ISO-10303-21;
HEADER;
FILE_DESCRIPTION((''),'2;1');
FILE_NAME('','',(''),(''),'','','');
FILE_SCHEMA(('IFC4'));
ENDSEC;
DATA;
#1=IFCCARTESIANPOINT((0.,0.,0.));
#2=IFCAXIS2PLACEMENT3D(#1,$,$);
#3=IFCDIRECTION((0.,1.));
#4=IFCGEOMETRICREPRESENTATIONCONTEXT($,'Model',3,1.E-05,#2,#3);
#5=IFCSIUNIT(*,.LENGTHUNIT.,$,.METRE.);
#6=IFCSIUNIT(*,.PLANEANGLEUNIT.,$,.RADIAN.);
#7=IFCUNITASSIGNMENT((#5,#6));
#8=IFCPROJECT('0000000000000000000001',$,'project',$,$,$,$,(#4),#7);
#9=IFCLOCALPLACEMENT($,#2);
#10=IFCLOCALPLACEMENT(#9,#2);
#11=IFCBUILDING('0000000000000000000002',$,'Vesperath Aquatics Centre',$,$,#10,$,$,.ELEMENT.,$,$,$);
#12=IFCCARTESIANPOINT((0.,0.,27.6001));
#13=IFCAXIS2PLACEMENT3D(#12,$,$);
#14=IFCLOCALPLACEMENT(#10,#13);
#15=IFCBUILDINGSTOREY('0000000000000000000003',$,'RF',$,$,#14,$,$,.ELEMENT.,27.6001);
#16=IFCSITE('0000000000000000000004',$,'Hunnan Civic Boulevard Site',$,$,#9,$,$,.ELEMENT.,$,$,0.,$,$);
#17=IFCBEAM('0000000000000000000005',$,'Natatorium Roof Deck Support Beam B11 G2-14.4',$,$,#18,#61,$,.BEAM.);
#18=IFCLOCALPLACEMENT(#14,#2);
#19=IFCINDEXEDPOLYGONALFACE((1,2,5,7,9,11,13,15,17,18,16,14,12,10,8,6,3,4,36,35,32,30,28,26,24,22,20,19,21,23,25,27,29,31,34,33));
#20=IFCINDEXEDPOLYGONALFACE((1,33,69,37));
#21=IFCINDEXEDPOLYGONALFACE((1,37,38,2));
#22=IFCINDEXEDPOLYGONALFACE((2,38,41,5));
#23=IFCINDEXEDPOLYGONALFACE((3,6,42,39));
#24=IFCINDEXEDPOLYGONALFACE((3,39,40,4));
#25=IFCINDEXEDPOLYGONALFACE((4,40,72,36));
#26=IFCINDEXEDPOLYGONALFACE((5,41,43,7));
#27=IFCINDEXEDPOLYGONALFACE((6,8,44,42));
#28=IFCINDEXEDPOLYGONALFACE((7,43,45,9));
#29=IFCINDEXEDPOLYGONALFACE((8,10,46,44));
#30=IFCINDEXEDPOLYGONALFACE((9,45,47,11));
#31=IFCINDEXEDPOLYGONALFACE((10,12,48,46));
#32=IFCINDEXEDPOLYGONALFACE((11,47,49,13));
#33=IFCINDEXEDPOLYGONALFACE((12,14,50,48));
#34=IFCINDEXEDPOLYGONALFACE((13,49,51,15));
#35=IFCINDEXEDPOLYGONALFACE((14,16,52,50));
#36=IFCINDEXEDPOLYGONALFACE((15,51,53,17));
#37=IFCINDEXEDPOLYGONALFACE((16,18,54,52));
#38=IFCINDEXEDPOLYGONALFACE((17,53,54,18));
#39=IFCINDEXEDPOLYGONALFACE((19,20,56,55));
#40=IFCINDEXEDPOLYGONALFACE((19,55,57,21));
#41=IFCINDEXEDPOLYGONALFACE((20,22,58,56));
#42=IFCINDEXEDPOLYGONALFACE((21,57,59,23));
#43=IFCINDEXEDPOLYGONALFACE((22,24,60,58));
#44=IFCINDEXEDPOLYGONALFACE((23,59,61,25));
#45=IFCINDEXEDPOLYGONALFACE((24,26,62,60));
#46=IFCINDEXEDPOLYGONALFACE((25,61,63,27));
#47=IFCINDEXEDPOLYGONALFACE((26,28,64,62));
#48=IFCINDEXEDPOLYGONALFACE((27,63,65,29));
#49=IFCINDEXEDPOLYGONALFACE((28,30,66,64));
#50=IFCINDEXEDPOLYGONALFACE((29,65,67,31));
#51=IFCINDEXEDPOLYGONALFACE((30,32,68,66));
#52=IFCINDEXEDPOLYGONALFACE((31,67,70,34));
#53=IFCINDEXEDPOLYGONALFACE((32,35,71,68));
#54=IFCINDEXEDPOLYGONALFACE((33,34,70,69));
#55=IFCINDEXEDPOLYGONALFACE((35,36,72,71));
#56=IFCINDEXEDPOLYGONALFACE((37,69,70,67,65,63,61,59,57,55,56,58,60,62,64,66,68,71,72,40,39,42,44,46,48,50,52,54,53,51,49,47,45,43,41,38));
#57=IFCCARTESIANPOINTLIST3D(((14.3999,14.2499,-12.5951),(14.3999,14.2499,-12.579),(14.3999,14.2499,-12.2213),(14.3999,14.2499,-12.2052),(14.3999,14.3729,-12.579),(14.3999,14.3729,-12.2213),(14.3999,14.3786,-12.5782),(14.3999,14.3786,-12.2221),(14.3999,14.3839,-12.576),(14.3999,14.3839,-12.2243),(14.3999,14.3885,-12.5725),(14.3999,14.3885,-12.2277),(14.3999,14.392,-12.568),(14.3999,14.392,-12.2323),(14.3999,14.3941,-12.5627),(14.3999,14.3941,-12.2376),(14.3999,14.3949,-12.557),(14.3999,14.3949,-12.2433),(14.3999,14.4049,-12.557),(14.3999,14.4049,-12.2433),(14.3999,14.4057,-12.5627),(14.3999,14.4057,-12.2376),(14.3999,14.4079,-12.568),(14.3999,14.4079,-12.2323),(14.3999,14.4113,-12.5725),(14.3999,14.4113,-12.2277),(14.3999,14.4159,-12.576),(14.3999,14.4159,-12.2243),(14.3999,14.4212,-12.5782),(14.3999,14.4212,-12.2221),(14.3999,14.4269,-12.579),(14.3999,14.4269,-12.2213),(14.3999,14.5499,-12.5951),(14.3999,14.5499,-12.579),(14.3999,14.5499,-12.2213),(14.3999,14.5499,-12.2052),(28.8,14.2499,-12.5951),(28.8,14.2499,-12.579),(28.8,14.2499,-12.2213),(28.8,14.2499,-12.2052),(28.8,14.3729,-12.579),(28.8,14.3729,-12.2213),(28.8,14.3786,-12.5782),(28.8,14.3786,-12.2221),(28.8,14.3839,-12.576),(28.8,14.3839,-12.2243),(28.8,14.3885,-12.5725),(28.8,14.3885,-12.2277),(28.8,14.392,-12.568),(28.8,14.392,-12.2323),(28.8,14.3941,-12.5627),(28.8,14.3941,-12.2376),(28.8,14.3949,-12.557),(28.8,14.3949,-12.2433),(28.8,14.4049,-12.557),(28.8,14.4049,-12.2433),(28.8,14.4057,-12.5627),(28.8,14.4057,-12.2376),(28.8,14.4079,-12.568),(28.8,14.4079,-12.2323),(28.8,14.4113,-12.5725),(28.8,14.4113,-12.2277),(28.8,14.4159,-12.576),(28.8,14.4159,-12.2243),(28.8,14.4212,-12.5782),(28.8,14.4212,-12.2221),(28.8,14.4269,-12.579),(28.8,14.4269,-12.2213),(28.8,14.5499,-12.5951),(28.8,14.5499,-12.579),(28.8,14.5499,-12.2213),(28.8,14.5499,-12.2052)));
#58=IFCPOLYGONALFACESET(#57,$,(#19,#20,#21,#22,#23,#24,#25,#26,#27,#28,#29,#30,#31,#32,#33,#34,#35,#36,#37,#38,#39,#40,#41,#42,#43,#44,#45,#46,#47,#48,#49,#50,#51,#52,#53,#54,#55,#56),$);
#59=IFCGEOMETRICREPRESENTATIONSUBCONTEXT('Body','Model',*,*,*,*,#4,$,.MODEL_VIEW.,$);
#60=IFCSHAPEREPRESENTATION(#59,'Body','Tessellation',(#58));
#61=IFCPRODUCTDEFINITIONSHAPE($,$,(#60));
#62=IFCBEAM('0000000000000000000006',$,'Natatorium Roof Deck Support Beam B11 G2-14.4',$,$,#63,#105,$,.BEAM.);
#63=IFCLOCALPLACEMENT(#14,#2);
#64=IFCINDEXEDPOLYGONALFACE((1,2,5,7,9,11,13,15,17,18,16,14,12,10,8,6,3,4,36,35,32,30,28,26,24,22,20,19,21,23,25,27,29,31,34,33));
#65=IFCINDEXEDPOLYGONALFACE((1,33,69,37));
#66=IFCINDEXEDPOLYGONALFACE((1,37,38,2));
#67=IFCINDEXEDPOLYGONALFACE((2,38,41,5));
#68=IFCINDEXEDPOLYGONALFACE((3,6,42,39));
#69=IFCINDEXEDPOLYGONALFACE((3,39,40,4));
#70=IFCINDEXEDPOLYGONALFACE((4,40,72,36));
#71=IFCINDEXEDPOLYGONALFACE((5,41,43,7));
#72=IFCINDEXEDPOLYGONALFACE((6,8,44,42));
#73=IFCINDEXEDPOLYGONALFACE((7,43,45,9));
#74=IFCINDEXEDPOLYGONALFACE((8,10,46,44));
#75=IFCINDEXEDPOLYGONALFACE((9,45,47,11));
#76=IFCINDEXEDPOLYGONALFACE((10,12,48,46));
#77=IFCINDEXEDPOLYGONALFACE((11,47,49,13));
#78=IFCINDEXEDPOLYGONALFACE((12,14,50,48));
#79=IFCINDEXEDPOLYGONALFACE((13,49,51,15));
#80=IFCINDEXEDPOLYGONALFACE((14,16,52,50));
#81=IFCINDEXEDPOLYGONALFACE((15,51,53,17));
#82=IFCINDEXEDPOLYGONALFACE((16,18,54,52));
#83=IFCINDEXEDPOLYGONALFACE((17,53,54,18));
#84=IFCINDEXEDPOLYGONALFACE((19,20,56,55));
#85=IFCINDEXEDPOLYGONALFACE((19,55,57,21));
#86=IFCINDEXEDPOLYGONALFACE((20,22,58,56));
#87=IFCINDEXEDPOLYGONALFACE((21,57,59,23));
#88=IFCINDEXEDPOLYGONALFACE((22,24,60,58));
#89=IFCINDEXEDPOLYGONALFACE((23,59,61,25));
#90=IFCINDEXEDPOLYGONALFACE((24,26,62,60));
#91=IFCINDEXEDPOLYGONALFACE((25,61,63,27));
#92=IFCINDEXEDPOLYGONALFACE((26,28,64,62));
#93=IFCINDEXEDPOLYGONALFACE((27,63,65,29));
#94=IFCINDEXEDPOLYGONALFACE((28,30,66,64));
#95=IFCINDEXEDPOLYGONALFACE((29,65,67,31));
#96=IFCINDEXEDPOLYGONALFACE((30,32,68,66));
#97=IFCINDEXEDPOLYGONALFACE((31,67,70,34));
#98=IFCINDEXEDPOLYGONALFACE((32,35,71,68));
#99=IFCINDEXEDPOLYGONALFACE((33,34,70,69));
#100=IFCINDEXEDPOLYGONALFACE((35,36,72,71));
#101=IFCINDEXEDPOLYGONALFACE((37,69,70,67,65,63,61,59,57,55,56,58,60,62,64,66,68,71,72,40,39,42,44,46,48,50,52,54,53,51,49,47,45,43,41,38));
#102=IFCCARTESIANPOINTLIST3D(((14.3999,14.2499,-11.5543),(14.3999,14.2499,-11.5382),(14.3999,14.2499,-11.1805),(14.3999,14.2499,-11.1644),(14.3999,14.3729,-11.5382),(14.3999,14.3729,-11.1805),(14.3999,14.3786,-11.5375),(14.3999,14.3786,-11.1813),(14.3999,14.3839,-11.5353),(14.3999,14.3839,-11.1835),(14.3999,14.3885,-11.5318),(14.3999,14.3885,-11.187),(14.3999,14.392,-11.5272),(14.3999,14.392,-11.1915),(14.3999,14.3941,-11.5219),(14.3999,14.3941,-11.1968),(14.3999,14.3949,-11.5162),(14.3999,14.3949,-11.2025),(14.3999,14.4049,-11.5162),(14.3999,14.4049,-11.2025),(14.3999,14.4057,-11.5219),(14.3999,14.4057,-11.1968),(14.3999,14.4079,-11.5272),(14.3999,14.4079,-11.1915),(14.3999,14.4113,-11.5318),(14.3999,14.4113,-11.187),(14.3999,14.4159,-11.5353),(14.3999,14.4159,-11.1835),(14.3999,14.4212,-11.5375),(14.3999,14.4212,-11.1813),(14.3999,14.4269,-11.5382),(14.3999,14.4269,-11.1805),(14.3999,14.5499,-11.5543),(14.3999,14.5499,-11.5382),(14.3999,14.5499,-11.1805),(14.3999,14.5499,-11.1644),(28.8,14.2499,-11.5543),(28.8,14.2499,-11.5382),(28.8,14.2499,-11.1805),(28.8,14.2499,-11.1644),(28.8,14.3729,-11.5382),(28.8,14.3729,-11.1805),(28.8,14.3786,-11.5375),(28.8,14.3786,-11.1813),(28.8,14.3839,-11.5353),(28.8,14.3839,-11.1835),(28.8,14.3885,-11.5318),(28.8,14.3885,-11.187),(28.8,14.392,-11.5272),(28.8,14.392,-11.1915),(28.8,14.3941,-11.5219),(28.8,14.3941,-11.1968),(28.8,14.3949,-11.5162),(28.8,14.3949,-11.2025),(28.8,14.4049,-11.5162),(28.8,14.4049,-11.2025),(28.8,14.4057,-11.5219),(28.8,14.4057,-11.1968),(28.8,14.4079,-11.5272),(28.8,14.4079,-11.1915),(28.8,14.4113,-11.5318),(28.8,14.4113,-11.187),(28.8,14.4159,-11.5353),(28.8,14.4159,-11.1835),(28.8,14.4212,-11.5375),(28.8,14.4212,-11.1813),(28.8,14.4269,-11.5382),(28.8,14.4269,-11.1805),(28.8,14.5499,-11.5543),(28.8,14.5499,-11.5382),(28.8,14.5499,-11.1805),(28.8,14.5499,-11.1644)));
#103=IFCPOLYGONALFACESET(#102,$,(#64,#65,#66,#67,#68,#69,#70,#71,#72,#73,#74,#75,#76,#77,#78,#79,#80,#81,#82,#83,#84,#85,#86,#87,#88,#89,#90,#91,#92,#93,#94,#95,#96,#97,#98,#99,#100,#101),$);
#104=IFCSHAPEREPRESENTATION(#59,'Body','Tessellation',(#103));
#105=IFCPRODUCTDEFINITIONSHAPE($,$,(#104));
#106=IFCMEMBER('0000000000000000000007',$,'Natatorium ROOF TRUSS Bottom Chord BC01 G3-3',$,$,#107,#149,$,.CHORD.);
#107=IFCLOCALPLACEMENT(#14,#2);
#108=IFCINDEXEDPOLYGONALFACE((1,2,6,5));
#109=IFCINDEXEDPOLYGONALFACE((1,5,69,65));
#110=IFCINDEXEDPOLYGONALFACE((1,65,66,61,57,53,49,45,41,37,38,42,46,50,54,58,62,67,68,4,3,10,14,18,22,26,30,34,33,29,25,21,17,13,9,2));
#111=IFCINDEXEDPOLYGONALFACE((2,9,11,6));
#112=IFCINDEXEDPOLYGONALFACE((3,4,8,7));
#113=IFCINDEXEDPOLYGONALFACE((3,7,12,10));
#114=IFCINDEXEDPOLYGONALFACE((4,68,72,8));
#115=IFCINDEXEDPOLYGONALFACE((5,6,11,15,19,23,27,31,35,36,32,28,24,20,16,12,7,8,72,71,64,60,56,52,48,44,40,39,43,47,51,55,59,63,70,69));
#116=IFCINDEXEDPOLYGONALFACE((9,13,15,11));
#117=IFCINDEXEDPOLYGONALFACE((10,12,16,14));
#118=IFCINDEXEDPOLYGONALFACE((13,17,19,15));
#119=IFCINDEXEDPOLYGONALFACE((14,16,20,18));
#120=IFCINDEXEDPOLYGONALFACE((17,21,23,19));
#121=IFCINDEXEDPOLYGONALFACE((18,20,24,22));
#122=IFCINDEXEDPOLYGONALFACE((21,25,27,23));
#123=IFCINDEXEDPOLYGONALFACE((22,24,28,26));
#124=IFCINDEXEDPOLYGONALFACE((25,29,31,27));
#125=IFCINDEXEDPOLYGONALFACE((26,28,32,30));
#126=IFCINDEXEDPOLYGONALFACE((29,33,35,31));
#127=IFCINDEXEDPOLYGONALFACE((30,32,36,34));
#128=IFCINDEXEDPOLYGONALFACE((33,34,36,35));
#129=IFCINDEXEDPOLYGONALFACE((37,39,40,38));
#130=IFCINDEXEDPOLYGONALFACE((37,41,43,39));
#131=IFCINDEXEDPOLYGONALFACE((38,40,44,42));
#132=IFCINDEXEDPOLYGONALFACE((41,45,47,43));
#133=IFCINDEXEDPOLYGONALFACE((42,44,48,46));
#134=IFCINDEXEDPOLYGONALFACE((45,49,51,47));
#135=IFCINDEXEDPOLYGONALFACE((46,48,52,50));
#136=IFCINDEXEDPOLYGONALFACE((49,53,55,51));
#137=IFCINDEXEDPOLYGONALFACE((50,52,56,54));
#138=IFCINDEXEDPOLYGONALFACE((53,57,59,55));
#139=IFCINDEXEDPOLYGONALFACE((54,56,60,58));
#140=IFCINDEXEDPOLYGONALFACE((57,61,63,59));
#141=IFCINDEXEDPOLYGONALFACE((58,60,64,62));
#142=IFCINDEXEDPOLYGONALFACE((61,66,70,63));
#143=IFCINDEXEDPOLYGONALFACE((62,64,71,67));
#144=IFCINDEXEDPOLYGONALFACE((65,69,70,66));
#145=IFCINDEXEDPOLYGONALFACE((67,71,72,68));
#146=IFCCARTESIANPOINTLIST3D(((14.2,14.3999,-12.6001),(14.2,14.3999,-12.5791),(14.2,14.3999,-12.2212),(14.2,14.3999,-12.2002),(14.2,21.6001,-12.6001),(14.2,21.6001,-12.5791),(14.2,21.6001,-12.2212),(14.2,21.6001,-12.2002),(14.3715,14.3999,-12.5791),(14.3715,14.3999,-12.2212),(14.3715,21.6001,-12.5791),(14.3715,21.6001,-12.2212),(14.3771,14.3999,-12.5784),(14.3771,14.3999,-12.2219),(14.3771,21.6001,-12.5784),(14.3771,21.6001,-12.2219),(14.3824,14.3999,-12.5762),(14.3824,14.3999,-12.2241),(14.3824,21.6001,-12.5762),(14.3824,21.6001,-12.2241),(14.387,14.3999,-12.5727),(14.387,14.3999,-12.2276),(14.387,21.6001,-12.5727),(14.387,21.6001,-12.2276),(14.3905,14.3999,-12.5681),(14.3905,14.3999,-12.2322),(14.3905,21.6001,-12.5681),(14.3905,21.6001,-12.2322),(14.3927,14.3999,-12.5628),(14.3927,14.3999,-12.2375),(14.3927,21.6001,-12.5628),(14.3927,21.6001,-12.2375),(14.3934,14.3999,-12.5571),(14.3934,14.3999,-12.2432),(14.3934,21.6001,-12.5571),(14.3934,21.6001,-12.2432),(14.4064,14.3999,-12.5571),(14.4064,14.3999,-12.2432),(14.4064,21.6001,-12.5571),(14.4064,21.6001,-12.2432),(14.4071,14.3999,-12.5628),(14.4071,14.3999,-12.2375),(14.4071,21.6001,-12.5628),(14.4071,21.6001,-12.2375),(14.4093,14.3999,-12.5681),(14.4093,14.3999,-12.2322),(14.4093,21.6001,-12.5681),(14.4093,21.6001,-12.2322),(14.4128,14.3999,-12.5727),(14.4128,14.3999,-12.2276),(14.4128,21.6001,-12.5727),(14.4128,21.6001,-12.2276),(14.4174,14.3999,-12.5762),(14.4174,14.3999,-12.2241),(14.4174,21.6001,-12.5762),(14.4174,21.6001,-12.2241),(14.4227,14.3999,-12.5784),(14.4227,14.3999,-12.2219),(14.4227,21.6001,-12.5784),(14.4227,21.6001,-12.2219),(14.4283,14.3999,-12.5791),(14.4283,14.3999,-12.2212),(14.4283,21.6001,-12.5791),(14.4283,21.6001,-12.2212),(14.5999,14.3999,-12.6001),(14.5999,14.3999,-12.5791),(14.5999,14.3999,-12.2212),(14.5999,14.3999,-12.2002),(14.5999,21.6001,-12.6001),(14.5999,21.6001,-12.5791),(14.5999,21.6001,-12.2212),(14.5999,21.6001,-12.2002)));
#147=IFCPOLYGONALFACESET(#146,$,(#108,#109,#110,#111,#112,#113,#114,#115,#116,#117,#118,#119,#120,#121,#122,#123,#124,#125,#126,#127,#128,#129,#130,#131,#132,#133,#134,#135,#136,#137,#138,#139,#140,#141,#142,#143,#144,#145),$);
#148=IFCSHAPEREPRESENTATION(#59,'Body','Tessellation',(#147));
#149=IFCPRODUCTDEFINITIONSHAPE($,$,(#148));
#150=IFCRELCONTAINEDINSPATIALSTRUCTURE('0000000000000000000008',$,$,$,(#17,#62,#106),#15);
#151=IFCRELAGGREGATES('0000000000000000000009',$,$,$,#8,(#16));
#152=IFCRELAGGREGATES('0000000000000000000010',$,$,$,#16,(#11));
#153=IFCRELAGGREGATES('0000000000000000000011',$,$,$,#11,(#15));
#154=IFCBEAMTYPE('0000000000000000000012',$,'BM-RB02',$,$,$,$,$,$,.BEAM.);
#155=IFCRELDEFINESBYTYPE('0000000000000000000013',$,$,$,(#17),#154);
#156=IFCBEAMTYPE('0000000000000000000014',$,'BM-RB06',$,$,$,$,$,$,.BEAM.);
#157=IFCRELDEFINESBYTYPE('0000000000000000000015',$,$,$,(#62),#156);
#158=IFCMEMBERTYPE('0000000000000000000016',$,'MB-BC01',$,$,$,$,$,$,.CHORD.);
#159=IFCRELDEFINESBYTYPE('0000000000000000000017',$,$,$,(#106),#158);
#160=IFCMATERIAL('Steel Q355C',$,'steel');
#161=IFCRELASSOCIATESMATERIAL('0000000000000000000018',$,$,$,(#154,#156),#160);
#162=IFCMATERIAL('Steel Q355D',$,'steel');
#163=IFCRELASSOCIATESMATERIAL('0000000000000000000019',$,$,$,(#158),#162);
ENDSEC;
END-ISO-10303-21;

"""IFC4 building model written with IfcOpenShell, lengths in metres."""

from ifc_helpers import new_model, si_unit, direction, frame, origin, origin_2d, place, context, subcontext, project, spatial, i_section, extrude, material, material_profile, profile_set, type_object, element, save


model = new_model("IFC4")

# Units and contexts
model_context = context("Model", 3, precision=1e-05, world=origin(), true_north=direction((0.0, 1.0)))
body_context = subcontext(model_context, "Body", "Model", "MODEL_VIEW")
ifc_project = project(units=[si_unit("LENGTHUNIT", "METRE"), si_unit("PLANEANGLEUNIT", "RADIAN")], contexts=[model_context])

# Site, building, storey
site_placement = place(None, origin())
site = spatial("IfcSite", under=ifc_project, at=site_placement, Name="Hunnan Civic Boulevard Site", CompositionType="ELEMENT", RefElevation=0.0)
building_placement = place(site_placement, origin())
building = spatial("IfcBuilding", under=site, at=building_placement, Name="Vesperath Aquatics Centre", CompositionType="ELEMENT")
storey_placement = place(building_placement, frame((0.0, 0.0, 27.6001)))
storey = spatial("IfcBuildingStorey", under=building, at=storey_placement, Name="RF", CompositionType="ELEMENT", Elevation=27.6001)

# Beams
ifc_material_1 = material(Name="Steel Q355C", Category="steel")
ifc_material_profile_1 = material_profile(ifc_material_1, i_section(OverallWidth=0.3, OverallDepth=0.3899, WebThickness=0.01, FlangeThickness=0.0161, FilletRadius=0.022, at=origin_2d()), Name="HM 390x300x10x16")
ifc_profile_set_1 = profile_set([ifc_material_profile_1], Name="Steel Q355C")
beam_type_1 = type_object("IfcBeamType", Name="BM-RB02", PredefinedType="BEAM", material=ifc_profile_set_1)
beam_1_placement = place(storey_placement, frame((14.3999, 14.3999, -12.4001), z_axis=(1.0, 0.0, 0.0), x_axis=(0.0, 1.0, 0.0)))
element("IfcBeam", 1, at=beam_1_placement, inside=storey, type_object=beam_type_1, Name="Natatorium Roof Deck Support Beam B11 G2-14.4", PredefinedType="BEAM", context=body_context, shape_type="SweptSolid", body=[
    extrude(i_section(OverallWidth=0.3, OverallDepth=0.3899, WebThickness=0.01, FlangeThickness=0.0161, FilletRadius=0.022, at=origin_2d()), origin(), (0.0, 0.0, 1.0), 14.4001),
])
ifc_material_profile_2 = material_profile(ifc_material_1, i_section(OverallWidth=0.3, OverallDepth=0.3899, WebThickness=0.01, FlangeThickness=0.0161, FilletRadius=0.022, at=origin_2d()), Name="HM 390x300x10x16")
ifc_profile_set_2 = profile_set([ifc_material_profile_2], Name="Steel Q355C")
beam_type_2 = type_object("IfcBeamType", Name="BM-RB06", PredefinedType="BEAM", material=ifc_profile_set_2)
beam_2_placement = place(storey_placement, frame((14.3999, 14.3999, -11.3594), z_axis=(1.0, 0.0, 0.0), x_axis=(0.0, 1.0, 0.0)))
element("IfcBeam", 2, at=beam_2_placement, inside=storey, type_object=beam_type_2, Name="Natatorium Roof Deck Support Beam B11 G2-14.4", PredefinedType="BEAM", context=body_context, shape_type="SweptSolid", body=[
    extrude(i_section(OverallWidth=0.3, OverallDepth=0.3899, WebThickness=0.01, FlangeThickness=0.0161, FilletRadius=0.022, at=origin_2d()), origin(), (0.0, 0.0, 1.0), 14.4001),
])

# Member
ifc_material_2 = material(Name="Steel Q355D", Category="steel")
ifc_material_profile_3 = material_profile(ifc_material_2, i_section(OverallWidth=0.3999, OverallDepth=0.3999, WebThickness=0.0129, FlangeThickness=0.021, FilletRadius=0.022, at=origin_2d()), Name="HW 400x400x13x21")
ifc_profile_set_3 = profile_set([ifc_material_profile_3], Name="Steel Q355D")
member_type_1 = type_object("IfcMemberType", Name="MB-BC01", PredefinedType="CHORD", material=ifc_profile_set_3)
member_1_placement = place(storey_placement, frame((14.3999, 14.3999, -12.4001), z_axis=(0.0, 1.0, 0.0), x_axis=(-1.0, 0.0, 0.0)))
element("IfcMember", 3, at=member_1_placement, inside=storey, type_object=member_type_1, Name="Natatorium ROOF TRUSS Bottom Chord BC01 G3-3", PredefinedType="CHORD", context=body_context, shape_type="SweptSolid", body=[
    extrude(i_section(OverallWidth=0.3999, OverallDepth=0.3999, WebThickness=0.0129, FlangeThickness=0.021, FilletRadius=0.022, at=origin_2d()), origin(), (0.0, 0.0, 1.0), 7.2002),
])

save(model, "model.ifc")
